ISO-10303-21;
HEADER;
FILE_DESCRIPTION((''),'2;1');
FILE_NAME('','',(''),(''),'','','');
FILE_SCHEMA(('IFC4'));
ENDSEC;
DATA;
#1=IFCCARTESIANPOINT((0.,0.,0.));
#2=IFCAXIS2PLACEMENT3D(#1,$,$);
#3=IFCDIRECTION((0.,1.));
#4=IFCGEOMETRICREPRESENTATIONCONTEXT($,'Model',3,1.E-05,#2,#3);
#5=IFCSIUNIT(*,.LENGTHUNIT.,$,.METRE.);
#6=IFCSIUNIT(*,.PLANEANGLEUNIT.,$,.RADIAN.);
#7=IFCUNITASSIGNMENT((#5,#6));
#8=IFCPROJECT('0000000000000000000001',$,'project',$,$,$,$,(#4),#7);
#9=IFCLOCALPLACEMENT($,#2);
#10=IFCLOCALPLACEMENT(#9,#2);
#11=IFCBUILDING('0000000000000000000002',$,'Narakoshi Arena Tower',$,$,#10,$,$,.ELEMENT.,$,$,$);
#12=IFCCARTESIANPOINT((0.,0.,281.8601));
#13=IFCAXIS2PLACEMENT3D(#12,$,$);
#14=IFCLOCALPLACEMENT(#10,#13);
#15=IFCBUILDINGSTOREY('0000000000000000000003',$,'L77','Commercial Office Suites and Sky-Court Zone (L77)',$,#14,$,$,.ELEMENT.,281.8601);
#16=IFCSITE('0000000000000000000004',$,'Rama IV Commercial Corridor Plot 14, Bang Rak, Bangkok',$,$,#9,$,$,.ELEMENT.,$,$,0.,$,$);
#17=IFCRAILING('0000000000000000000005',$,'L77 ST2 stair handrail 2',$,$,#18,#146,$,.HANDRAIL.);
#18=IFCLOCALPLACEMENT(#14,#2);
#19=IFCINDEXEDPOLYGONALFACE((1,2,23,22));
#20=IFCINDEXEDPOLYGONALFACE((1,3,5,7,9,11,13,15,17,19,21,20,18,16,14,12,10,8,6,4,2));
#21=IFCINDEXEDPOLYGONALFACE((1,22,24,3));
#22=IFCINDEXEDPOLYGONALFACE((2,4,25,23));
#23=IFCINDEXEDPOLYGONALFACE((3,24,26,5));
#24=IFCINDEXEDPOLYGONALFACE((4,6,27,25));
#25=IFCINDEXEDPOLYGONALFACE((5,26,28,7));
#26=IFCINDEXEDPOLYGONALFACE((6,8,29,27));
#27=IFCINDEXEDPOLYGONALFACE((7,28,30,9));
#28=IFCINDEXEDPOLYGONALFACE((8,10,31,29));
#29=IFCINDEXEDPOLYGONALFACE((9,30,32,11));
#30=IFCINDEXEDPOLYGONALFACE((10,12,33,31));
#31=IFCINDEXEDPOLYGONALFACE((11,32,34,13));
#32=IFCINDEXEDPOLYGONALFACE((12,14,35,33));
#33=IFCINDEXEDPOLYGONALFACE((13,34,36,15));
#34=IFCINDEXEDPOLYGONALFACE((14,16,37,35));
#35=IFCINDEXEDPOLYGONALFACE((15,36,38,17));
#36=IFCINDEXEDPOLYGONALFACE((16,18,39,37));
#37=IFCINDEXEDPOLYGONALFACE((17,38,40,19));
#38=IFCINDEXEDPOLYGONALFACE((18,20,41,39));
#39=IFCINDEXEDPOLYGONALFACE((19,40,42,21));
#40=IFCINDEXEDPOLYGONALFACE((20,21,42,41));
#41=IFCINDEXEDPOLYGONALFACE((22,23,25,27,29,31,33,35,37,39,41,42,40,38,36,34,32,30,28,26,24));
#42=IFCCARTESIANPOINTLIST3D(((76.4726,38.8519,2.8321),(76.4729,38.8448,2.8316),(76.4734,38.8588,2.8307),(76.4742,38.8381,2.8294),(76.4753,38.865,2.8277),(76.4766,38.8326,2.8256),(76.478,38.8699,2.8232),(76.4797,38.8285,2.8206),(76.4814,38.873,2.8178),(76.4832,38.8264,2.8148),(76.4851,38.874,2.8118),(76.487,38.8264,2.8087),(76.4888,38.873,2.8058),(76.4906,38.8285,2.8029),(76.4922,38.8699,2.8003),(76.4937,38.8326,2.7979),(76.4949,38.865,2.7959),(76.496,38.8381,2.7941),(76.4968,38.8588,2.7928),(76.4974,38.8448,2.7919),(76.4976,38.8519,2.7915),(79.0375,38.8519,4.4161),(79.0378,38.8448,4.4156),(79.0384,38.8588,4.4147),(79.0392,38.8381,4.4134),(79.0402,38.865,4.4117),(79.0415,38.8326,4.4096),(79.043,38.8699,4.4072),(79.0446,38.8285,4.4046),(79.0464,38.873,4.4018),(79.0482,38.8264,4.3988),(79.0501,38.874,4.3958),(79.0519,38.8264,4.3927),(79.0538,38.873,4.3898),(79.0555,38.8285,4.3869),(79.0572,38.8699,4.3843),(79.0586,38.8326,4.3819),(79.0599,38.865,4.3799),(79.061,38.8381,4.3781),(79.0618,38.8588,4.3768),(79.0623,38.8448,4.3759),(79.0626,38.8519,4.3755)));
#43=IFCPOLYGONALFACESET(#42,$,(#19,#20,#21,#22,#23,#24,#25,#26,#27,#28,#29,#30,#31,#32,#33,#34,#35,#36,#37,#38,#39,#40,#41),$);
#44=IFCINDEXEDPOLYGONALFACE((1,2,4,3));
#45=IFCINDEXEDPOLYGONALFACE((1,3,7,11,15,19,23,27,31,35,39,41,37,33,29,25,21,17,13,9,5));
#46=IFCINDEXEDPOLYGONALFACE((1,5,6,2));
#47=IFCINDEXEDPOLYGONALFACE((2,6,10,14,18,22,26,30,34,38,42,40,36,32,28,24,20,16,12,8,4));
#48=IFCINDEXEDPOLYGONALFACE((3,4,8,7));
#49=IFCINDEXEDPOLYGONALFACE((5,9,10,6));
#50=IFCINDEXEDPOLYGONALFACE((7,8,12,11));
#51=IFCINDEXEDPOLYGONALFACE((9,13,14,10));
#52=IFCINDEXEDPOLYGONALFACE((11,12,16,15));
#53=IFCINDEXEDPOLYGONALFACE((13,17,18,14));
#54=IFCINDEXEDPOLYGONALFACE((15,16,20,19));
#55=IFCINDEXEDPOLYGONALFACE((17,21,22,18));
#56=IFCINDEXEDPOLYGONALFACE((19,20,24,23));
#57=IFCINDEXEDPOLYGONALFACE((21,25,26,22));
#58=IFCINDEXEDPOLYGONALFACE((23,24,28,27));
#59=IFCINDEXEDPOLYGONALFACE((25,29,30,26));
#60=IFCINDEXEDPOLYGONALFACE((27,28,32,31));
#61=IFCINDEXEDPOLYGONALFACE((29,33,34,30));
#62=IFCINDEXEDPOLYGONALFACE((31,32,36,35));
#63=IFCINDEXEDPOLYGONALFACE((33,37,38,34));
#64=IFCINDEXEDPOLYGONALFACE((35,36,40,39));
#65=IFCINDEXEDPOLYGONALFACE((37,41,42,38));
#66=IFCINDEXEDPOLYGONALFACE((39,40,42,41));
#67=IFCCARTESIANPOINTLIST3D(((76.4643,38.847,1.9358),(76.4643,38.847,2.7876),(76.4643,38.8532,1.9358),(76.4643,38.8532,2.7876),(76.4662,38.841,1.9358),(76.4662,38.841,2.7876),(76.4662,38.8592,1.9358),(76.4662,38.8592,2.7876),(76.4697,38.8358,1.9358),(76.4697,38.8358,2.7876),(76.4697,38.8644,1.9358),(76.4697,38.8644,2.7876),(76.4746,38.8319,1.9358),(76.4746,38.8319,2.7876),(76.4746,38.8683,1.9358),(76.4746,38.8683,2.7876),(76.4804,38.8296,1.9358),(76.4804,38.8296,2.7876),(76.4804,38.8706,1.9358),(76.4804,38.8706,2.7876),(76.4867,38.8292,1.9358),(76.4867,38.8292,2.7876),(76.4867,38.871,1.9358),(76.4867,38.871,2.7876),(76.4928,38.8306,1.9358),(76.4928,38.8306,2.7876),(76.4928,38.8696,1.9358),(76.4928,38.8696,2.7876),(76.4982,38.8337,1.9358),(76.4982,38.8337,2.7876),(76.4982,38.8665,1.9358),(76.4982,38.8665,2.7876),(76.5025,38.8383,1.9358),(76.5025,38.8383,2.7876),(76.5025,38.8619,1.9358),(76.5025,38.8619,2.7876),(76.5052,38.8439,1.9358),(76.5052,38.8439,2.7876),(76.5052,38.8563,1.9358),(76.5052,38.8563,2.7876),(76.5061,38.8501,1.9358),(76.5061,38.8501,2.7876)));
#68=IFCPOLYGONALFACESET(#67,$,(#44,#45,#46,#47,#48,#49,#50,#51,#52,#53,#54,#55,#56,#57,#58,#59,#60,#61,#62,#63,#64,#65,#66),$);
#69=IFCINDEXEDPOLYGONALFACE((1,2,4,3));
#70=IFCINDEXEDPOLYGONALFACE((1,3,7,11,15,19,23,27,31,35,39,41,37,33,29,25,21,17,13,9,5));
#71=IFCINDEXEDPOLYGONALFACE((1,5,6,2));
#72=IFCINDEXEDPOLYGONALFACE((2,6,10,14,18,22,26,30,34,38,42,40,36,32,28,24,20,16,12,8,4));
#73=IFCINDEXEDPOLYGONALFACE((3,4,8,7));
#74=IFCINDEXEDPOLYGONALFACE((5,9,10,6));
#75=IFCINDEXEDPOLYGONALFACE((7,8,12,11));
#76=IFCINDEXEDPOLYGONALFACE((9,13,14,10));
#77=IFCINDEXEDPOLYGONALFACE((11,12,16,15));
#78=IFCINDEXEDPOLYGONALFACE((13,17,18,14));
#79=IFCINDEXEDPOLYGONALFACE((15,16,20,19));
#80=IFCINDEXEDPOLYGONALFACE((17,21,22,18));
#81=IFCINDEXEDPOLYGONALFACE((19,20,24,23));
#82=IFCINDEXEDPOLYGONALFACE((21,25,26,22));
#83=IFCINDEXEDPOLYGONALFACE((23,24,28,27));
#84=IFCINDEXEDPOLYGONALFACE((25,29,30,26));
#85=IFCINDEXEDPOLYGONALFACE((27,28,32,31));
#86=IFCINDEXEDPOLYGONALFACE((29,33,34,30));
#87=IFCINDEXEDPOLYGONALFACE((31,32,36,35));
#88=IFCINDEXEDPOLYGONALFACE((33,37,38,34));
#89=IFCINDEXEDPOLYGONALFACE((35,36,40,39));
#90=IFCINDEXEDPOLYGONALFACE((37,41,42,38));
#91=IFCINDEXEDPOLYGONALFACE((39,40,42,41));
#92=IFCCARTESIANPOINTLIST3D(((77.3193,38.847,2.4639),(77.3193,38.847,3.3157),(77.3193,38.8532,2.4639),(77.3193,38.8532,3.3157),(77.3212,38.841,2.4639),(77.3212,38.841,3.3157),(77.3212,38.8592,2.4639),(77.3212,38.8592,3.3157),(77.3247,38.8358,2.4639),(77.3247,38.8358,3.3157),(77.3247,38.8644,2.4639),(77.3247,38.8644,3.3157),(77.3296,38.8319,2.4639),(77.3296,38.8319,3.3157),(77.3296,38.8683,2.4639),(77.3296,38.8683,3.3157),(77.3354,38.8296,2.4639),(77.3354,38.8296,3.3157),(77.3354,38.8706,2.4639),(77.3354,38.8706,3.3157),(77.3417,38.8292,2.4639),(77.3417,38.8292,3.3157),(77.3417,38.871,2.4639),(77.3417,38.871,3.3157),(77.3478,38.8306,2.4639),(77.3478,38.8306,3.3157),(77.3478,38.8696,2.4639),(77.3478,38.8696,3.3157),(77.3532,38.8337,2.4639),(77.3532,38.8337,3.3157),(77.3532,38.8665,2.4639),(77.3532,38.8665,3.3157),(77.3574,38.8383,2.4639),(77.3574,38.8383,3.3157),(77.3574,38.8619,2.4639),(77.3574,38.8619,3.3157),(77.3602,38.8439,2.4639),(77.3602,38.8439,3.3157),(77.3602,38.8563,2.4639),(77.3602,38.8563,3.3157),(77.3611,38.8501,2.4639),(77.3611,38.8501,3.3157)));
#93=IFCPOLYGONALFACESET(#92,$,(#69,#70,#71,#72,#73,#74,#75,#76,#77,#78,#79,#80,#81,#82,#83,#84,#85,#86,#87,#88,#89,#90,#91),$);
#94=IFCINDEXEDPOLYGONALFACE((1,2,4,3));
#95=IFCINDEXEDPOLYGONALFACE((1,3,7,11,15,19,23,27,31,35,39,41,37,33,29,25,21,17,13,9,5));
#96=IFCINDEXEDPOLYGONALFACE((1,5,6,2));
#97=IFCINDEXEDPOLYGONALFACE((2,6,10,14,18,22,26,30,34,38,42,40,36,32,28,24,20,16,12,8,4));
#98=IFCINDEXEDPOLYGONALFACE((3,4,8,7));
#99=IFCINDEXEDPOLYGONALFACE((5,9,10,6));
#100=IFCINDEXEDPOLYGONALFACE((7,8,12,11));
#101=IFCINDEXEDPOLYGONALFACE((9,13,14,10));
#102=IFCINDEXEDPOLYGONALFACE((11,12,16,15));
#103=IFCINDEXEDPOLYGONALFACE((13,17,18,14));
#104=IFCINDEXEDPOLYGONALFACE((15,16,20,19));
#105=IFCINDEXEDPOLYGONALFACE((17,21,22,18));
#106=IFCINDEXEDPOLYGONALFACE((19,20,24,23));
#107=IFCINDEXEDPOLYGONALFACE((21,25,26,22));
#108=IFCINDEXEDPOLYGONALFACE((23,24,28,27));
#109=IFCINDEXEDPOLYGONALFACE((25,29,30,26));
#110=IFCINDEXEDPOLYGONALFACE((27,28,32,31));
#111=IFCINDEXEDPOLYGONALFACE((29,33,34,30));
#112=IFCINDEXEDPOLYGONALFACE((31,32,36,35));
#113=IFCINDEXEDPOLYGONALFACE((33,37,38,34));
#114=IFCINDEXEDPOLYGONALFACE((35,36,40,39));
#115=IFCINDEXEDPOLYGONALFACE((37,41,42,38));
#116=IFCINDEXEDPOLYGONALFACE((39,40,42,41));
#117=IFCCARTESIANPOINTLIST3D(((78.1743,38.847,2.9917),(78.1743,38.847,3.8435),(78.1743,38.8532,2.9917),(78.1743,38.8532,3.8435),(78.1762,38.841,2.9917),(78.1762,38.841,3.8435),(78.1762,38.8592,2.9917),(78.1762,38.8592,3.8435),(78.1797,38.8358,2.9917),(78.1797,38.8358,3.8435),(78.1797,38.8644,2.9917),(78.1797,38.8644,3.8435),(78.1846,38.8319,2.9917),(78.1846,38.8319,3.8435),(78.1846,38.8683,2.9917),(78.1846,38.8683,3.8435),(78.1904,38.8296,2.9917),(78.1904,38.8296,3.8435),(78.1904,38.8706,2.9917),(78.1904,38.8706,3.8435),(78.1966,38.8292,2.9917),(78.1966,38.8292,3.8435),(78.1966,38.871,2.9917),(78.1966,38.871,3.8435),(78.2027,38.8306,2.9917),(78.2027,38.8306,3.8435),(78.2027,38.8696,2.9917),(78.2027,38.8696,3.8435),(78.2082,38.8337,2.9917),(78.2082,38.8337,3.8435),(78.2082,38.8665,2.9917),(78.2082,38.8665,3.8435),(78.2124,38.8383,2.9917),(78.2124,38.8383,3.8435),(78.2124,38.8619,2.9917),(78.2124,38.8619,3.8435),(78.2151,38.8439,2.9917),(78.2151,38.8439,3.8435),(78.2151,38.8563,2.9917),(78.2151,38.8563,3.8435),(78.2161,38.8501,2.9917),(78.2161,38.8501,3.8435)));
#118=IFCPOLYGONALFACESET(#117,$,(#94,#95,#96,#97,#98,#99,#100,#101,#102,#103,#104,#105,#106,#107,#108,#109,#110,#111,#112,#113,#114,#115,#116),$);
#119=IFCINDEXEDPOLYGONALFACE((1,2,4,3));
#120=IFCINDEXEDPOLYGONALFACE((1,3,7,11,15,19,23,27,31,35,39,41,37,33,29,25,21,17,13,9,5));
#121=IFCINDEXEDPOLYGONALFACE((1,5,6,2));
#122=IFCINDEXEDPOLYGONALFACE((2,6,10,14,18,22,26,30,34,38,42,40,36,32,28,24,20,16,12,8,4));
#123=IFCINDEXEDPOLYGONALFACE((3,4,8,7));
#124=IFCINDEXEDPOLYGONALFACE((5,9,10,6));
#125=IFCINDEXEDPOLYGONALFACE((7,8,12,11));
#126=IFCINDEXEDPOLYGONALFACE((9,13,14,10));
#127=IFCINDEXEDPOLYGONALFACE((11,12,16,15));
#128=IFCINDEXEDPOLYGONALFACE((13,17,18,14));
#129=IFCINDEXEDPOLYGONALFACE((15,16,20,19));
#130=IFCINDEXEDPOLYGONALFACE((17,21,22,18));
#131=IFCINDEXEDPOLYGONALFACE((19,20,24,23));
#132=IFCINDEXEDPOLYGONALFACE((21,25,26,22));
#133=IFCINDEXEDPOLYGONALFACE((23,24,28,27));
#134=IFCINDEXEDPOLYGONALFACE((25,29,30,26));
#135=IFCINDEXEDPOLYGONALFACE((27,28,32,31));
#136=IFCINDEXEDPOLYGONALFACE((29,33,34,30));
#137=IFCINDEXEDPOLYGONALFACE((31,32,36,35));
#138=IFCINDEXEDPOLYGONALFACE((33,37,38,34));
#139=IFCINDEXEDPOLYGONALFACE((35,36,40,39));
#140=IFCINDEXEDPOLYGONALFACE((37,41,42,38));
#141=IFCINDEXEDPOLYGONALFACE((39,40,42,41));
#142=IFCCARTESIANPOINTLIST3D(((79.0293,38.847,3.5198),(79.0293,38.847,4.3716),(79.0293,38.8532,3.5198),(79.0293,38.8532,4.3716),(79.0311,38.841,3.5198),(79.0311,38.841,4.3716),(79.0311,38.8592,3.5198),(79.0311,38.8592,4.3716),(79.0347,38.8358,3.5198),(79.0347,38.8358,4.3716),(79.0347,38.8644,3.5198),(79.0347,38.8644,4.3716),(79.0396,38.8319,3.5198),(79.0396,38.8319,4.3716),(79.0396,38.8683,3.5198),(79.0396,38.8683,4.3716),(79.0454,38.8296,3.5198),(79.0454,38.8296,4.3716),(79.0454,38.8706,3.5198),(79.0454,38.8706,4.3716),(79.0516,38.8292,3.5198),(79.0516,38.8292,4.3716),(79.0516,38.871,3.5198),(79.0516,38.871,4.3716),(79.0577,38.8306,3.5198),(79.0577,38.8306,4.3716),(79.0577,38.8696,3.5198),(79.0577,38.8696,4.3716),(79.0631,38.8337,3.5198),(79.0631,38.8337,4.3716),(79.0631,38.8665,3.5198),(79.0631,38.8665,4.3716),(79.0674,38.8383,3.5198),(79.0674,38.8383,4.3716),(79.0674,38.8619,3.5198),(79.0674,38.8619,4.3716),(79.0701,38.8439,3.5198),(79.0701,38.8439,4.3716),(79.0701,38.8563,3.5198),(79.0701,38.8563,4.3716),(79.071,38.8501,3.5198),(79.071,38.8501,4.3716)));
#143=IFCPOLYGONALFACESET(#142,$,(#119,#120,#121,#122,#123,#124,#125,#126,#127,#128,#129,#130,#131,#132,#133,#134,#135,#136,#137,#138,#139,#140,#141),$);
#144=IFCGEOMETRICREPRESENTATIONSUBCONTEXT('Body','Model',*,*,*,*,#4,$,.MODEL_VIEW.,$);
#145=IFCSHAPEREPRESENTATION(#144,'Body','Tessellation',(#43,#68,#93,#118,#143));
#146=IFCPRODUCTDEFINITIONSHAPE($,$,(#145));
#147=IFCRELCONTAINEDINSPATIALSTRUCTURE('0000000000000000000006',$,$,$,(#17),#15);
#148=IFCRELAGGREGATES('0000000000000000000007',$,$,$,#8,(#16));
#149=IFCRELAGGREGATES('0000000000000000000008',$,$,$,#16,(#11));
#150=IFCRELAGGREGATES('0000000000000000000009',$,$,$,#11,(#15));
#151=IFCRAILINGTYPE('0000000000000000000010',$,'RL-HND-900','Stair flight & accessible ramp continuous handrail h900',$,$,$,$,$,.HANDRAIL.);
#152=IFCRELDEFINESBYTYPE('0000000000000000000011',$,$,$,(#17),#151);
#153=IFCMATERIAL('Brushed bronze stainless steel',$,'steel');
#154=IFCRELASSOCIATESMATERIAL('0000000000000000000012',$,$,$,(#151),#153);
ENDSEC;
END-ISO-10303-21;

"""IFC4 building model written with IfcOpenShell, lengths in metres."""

from ifc_helpers import new_model, si_unit, direction, frame, origin, origin_2d, place, context, subcontext, project, spatial, circle, extrude, material, type_object, element, save


model = new_model("IFC4")

# Units and contexts
model_context = context("Model", 3, precision=1e-05, world=origin(), true_north=direction((0.0, 1.0)))
body_context = subcontext(model_context, "Body", "Model", "MODEL_VIEW")
ifc_project = project(units=[si_unit("LENGTHUNIT", "METRE"), si_unit("PLANEANGLEUNIT", "RADIAN")], contexts=[model_context])

# Site, building, storey
site_placement = place(None, origin())
site = spatial("IfcSite", under=ifc_project, at=site_placement, Name="Rama IV Commercial Corridor Plot 14, Bang Rak, Bangkok", CompositionType="ELEMENT", RefElevation=0.0)
building_placement = place(site_placement, origin())
building = spatial("IfcBuilding", under=site, at=building_placement, Name="Narakoshi Arena Tower", CompositionType="ELEMENT")
storey_placement = place(building_placement, frame((0.0, 0.0, 281.8601)))
storey = spatial("IfcBuildingStorey", under=building, at=storey_placement, Name="L77", Description="Commercial Office Suites and Sky-Court Zone (L77)", CompositionType="ELEMENT", Elevation=281.8601)

# Railing
ifc_material_1 = material(Name="Brushed bronze stainless steel", Category="steel")
railing_type_1 = type_object("IfcRailingType", Name="RL-HND-900", Description="Stair flight & accessible ramp continuous handrail h900", PredefinedType="HANDRAIL", material=ifc_material_1)
railing_1_placement = place(storey_placement, frame((76.4851, 38.8501, 1.9358)))
element("IfcRailing", 1, at=railing_1_placement, inside=storey, type_object=railing_type_1, Name="L77 ST2 stair handrail 2", PredefinedType="HANDRAIL", context=body_context, shape_type="SweptSolid", body=[
    extrude(circle(Radius=0.0239, at=origin_2d()), frame((0.0, 0.0, 0.876), z_axis=(0.850834, 0.0, 0.525434), x_axis=(0.0, 1.0, 0.0)), (0.0, 0.0, 1.0), 3.0146),
    extrude(circle(Radius=0.021, at=origin_2d()), origin(), (0.0, 0.0, 1.0), 0.8518),
    extrude(circle(Radius=0.021, at=origin_2d()), frame((0.855, 0.0, 0.5281)), (0.0, 0.0, 1.0), 0.8518),
    extrude(circle(Radius=0.021, at=origin_2d()), frame((1.71, 0.0, 1.0559)), (0.0, 0.0, 1.0), 0.8518),
    extrude(circle(Radius=0.021, at=origin_2d()), frame((2.5649, 0.0, 1.584)), (0.0, 0.0, 1.0), 0.8518),
])

save(model, "model.ifc")
